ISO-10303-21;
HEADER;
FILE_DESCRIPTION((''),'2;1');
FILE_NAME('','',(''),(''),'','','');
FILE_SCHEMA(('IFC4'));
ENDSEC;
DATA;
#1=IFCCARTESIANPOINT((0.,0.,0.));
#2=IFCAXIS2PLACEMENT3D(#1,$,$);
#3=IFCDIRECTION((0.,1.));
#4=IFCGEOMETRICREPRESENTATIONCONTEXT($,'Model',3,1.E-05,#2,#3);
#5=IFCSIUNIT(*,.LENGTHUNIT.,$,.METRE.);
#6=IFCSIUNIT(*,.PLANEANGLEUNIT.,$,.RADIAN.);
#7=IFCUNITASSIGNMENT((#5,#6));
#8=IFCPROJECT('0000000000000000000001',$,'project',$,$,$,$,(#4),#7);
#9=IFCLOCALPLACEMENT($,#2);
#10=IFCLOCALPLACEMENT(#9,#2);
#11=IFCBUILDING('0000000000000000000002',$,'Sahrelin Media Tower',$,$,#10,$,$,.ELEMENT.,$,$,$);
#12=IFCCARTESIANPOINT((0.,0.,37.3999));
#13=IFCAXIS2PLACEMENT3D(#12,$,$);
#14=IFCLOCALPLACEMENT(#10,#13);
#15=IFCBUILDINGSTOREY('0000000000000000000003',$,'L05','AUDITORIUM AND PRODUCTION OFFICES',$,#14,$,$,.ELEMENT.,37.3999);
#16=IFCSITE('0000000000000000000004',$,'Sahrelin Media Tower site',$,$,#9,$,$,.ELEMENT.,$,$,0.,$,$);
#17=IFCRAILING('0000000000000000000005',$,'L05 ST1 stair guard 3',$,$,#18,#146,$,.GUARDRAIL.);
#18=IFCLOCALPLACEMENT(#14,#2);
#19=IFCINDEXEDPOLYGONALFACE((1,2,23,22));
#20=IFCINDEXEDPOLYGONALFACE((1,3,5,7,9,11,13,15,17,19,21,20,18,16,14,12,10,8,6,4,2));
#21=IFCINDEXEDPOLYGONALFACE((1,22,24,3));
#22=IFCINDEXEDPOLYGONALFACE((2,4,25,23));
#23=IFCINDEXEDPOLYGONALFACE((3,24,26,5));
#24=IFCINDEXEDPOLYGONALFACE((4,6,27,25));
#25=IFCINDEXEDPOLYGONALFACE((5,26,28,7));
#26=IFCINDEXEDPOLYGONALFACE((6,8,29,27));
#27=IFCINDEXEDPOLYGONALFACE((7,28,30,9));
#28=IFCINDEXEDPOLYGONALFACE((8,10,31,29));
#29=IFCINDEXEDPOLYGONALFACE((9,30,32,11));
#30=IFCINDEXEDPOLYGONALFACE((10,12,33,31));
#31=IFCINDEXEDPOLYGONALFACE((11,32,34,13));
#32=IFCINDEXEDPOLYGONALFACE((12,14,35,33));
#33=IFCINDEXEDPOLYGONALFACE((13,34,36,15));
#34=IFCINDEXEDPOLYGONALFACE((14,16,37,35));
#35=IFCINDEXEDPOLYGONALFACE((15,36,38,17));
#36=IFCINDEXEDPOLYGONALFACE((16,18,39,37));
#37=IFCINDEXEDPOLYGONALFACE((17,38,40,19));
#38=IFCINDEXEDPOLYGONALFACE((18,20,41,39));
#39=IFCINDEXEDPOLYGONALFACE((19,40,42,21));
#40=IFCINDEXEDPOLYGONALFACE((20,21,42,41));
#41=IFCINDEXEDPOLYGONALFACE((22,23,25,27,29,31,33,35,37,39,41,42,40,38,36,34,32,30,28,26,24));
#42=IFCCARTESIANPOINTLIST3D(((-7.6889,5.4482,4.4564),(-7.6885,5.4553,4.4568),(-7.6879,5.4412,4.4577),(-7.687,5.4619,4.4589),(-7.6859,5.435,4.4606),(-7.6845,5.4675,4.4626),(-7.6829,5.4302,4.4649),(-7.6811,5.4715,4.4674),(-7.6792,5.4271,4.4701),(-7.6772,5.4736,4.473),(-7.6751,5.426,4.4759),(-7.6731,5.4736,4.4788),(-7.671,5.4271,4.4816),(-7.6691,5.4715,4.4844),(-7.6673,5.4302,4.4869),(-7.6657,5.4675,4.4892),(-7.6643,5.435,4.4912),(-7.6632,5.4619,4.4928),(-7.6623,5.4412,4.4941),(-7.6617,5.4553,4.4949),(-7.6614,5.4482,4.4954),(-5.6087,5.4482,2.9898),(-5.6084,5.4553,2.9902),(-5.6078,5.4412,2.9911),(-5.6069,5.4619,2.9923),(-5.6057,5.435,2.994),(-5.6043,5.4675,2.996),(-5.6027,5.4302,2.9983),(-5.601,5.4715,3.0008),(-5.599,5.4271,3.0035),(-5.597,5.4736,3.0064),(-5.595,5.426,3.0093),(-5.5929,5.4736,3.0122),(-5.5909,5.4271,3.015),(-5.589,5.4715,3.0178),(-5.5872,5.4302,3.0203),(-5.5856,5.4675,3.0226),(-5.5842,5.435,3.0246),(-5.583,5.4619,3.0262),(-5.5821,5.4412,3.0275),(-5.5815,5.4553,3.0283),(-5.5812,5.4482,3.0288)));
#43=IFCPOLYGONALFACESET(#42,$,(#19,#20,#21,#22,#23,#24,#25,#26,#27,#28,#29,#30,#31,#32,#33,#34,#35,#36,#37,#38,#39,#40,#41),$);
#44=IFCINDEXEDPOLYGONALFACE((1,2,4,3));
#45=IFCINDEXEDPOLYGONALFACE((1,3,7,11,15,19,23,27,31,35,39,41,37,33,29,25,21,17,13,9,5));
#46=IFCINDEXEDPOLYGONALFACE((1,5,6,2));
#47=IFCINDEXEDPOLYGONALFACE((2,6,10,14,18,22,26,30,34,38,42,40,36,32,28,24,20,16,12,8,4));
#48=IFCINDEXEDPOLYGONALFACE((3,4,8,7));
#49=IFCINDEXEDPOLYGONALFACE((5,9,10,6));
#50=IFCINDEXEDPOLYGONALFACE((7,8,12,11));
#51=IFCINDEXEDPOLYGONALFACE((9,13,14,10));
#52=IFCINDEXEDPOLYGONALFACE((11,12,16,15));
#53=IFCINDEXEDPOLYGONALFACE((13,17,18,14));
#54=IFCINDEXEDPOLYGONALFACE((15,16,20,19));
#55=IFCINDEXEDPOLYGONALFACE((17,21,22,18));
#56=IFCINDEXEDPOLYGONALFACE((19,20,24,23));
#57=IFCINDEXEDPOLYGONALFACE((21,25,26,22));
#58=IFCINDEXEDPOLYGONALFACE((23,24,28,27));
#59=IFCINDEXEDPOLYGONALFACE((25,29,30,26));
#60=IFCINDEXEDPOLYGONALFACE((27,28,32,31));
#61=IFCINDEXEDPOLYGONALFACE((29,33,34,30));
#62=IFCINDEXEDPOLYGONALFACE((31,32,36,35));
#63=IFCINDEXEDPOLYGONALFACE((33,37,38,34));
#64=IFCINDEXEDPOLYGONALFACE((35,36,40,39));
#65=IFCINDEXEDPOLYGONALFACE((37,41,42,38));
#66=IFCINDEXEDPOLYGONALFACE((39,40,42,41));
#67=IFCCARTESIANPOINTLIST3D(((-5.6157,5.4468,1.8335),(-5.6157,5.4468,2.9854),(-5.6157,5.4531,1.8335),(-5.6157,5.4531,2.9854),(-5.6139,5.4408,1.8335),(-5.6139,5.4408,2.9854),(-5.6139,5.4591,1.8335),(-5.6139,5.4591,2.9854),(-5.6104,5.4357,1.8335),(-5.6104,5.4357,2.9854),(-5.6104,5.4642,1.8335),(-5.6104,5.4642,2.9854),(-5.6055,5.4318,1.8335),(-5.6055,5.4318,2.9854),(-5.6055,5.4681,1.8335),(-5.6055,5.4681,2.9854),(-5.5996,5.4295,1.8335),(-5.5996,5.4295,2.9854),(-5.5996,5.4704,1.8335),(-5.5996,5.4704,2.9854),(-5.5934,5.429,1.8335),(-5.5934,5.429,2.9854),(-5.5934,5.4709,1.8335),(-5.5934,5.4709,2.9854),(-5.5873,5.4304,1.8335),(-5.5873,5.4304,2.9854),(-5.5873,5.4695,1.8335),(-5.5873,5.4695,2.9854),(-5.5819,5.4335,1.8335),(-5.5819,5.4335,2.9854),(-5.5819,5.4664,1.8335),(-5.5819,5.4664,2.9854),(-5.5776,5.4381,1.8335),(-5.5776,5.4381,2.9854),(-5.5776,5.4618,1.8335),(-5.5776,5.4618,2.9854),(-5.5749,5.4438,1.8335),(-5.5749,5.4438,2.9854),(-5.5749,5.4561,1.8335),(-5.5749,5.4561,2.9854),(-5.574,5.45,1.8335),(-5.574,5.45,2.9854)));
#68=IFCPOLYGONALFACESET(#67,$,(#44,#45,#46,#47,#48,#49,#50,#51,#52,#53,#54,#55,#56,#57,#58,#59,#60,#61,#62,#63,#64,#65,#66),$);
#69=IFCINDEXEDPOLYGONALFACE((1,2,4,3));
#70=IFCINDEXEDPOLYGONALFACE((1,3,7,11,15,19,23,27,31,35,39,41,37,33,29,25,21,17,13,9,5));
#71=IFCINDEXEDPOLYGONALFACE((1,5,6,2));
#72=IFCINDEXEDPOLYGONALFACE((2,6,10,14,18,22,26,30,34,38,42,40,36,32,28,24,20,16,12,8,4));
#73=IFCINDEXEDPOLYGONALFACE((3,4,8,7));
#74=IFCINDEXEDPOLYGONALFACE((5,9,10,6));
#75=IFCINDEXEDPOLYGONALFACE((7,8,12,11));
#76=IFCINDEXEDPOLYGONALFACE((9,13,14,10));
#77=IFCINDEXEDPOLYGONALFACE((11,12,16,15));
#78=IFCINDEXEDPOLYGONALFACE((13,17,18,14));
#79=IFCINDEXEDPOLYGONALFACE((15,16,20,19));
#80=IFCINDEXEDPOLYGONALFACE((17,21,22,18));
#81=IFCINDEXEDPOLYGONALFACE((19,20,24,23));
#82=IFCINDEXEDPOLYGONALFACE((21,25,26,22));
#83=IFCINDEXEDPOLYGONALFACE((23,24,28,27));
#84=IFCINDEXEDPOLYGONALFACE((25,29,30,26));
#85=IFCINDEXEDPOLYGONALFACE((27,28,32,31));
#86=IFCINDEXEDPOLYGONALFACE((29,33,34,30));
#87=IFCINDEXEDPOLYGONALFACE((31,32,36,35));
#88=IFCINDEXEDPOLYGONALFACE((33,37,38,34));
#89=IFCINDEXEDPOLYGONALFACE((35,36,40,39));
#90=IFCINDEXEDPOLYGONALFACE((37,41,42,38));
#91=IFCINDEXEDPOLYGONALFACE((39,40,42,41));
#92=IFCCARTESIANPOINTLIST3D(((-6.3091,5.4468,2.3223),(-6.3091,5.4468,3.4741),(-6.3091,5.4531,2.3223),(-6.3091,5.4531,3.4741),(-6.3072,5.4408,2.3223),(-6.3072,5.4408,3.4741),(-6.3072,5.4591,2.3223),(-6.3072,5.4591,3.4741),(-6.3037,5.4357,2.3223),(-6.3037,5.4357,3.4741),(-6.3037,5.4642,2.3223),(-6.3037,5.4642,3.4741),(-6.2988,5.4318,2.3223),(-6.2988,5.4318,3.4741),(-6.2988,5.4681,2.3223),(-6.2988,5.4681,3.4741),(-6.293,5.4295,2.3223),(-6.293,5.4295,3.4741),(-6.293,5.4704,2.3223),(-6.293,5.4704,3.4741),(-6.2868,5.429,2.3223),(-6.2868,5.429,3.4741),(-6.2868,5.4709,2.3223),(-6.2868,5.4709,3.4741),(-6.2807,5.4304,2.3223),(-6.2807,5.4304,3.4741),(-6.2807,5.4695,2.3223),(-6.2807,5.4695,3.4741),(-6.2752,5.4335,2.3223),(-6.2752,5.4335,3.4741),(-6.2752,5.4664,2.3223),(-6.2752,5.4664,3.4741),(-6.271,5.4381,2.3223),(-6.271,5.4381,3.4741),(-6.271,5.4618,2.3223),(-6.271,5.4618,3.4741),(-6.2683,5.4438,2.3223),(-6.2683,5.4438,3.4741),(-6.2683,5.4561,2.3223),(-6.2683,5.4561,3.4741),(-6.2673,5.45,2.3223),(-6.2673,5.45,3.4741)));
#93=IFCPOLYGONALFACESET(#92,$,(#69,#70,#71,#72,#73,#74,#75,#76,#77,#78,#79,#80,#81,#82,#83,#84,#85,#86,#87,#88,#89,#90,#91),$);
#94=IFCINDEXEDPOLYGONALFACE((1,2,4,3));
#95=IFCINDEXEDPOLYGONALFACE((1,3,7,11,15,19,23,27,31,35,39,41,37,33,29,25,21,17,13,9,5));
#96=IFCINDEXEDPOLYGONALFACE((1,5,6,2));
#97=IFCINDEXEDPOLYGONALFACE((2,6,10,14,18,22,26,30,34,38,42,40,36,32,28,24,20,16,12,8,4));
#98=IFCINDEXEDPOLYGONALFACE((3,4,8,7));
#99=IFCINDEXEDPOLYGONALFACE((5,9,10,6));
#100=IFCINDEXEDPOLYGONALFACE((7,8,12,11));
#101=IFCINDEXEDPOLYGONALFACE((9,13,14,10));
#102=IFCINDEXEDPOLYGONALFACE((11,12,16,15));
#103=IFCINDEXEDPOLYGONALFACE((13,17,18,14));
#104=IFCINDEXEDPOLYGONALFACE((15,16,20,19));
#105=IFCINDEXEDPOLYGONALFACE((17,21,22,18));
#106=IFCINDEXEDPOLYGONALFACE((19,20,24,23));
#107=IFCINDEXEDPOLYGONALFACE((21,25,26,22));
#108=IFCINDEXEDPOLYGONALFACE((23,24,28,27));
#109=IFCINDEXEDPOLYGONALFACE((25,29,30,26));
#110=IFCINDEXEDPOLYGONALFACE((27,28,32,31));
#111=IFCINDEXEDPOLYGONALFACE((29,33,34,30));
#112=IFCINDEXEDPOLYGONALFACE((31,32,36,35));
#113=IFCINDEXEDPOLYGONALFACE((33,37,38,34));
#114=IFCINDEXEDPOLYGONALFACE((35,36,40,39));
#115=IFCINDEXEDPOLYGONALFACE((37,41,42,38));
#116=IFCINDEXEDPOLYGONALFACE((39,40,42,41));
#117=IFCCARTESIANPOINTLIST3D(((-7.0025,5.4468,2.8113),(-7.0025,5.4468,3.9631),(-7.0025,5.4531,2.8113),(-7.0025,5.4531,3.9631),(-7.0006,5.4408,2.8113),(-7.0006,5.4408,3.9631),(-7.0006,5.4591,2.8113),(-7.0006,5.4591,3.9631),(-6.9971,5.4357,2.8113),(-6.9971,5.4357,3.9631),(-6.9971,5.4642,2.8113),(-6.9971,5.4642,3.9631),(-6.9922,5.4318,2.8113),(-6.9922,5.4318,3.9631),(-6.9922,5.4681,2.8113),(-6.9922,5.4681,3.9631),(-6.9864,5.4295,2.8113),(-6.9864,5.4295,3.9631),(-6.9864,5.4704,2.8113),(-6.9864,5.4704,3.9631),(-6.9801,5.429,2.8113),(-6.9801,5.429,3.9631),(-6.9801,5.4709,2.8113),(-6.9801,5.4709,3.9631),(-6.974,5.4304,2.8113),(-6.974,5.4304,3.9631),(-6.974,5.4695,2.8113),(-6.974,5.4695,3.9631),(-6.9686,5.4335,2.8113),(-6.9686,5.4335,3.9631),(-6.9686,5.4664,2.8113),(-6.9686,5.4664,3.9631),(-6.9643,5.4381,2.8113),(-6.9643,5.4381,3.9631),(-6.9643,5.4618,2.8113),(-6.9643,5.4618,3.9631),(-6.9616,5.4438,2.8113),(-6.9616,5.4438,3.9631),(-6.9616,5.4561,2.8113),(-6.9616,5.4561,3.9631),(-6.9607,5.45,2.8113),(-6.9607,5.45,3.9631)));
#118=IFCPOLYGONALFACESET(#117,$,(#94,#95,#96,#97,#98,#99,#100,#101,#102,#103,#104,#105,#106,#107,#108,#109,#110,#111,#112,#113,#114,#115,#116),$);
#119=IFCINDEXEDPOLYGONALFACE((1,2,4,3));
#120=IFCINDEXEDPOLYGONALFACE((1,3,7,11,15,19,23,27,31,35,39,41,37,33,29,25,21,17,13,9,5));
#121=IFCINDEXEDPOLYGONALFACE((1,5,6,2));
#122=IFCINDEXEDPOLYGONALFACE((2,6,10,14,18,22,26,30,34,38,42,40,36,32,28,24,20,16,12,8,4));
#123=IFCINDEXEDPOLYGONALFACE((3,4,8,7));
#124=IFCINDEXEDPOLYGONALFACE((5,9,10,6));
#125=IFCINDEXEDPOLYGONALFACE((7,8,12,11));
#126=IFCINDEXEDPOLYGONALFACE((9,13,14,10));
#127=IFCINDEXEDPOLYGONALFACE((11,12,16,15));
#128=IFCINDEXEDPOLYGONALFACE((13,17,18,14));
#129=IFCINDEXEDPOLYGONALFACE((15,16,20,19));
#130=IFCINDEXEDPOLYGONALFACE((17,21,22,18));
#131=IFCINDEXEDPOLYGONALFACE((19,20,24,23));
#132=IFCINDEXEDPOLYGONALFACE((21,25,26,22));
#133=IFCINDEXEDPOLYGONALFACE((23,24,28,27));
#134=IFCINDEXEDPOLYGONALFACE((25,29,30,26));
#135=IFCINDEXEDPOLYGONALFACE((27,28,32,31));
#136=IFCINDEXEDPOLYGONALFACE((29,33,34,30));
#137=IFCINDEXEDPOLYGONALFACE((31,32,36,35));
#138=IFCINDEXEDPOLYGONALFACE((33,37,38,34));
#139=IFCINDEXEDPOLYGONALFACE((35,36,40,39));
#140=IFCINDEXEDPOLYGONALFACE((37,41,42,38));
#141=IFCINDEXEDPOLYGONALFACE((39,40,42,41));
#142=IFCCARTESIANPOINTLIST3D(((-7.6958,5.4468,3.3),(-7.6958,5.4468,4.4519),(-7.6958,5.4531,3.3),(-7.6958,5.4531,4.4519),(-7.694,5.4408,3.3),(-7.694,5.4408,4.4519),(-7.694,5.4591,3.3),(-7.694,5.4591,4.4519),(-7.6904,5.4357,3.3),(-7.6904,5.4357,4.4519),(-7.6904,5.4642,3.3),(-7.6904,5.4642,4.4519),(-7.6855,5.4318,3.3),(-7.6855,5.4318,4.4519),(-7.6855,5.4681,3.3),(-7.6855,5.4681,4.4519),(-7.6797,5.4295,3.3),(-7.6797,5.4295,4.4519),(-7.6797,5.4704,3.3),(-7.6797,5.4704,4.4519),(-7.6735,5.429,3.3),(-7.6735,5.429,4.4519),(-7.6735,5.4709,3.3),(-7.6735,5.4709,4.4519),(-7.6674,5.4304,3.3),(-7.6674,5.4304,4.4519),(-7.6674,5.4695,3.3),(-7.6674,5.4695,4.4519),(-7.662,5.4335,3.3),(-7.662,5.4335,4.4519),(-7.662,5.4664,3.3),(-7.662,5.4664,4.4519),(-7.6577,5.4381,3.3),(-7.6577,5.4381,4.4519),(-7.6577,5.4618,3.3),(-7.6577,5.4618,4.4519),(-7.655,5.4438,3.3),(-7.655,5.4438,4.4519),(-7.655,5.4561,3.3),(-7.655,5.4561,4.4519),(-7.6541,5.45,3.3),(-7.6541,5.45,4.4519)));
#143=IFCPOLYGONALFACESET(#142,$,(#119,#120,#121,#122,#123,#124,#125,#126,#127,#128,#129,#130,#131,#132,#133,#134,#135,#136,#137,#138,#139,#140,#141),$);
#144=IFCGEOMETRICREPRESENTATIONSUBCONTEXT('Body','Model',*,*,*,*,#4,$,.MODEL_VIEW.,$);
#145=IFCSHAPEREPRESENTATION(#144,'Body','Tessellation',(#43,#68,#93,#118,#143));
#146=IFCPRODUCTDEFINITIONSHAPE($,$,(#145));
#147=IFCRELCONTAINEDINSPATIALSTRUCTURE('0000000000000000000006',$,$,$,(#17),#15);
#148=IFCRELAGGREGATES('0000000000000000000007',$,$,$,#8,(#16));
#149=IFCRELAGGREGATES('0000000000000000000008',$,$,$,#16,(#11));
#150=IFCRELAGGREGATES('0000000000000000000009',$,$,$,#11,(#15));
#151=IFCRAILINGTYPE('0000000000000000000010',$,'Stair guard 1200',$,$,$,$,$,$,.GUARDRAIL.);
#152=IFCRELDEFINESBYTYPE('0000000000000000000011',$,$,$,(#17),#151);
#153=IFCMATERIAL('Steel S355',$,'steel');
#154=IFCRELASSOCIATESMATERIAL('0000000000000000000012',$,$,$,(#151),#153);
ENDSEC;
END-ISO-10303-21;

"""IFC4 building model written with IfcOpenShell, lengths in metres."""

from ifc_helpers import new_model, si_unit, direction, frame, origin, origin_2d, place, context, subcontext, project, spatial, circle, extrude, material, type_object, element, save


model = new_model("IFC4")

# Units and contexts
model_context = context("Model", 3, precision=1e-05, world=origin(), true_north=direction((0.0, 1.0)))
body_context = subcontext(model_context, "Body", "Model", "MODEL_VIEW")
ifc_project = project(units=[si_unit("LENGTHUNIT", "METRE"), si_unit("PLANEANGLEUNIT", "RADIAN")], contexts=[model_context])

# Site, building, storey
site_placement = place(None, origin())
site = spatial("IfcSite", under=ifc_project, at=site_placement, Name="Sahrelin Media Tower site", CompositionType="ELEMENT", RefElevation=0.0)
building_placement = place(site_placement, origin())
building = spatial("IfcBuilding", under=site, at=building_placement, Name="Sahrelin Media Tower", CompositionType="ELEMENT")
storey_placement = place(building_placement, frame((0.0, 0.0, 37.3999)))
storey = spatial("IfcBuildingStorey", under=building, at=storey_placement, Name="L05", Description="AUDITORIUM AND PRODUCTION OFFICES", CompositionType="ELEMENT", Elevation=37.3999)

# Shared definitions
ifc_material_1 = material(Name="Steel S355", Category="steel")

# Railing
railing_type_1 = type_object("IfcRailingType", Name="Stair guard 1200", PredefinedType="GUARDRAIL", material=ifc_material_1)
railing_1_placement = place(storey_placement, frame((-5.595, 5.45, 1.8335)))
element("IfcRailing", 1, at=railing_1_placement, inside=storey, type_object=railing_type_1, Name="L05 ST1 stair guard 3", PredefinedType="GUARDRAIL", context=body_context, shape_type="SweptSolid", body=[
    extrude(circle(Radius=0.0239, at=origin_2d()), frame((0.0, 0.0, 1.1758), z_axis=(-0.817289, 0.0, 0.576227), x_axis=(0.0, -1.0, 0.0)), (0.0, 0.0, 1.0), 2.5452),
    extrude(circle(Radius=0.021, at=origin_2d()), origin(), (0.0, 0.0, 1.0), 1.1519),
    extrude(circle(Radius=0.021, at=origin_2d()), frame((-0.6934, 0.0, 0.4888)), (0.0, 0.0, 1.0), 1.1519),
    extrude(circle(Radius=0.021, at=origin_2d()), frame((-1.3867, 0.0, 0.9778)), (0.0, 0.0, 1.0), 1.1519),
    extrude(circle(Radius=0.021, at=origin_2d()), frame((-2.0801, 0.0, 1.4666)), (0.0, 0.0, 1.0), 1.1519),
])

save(model, "model.ifc")
